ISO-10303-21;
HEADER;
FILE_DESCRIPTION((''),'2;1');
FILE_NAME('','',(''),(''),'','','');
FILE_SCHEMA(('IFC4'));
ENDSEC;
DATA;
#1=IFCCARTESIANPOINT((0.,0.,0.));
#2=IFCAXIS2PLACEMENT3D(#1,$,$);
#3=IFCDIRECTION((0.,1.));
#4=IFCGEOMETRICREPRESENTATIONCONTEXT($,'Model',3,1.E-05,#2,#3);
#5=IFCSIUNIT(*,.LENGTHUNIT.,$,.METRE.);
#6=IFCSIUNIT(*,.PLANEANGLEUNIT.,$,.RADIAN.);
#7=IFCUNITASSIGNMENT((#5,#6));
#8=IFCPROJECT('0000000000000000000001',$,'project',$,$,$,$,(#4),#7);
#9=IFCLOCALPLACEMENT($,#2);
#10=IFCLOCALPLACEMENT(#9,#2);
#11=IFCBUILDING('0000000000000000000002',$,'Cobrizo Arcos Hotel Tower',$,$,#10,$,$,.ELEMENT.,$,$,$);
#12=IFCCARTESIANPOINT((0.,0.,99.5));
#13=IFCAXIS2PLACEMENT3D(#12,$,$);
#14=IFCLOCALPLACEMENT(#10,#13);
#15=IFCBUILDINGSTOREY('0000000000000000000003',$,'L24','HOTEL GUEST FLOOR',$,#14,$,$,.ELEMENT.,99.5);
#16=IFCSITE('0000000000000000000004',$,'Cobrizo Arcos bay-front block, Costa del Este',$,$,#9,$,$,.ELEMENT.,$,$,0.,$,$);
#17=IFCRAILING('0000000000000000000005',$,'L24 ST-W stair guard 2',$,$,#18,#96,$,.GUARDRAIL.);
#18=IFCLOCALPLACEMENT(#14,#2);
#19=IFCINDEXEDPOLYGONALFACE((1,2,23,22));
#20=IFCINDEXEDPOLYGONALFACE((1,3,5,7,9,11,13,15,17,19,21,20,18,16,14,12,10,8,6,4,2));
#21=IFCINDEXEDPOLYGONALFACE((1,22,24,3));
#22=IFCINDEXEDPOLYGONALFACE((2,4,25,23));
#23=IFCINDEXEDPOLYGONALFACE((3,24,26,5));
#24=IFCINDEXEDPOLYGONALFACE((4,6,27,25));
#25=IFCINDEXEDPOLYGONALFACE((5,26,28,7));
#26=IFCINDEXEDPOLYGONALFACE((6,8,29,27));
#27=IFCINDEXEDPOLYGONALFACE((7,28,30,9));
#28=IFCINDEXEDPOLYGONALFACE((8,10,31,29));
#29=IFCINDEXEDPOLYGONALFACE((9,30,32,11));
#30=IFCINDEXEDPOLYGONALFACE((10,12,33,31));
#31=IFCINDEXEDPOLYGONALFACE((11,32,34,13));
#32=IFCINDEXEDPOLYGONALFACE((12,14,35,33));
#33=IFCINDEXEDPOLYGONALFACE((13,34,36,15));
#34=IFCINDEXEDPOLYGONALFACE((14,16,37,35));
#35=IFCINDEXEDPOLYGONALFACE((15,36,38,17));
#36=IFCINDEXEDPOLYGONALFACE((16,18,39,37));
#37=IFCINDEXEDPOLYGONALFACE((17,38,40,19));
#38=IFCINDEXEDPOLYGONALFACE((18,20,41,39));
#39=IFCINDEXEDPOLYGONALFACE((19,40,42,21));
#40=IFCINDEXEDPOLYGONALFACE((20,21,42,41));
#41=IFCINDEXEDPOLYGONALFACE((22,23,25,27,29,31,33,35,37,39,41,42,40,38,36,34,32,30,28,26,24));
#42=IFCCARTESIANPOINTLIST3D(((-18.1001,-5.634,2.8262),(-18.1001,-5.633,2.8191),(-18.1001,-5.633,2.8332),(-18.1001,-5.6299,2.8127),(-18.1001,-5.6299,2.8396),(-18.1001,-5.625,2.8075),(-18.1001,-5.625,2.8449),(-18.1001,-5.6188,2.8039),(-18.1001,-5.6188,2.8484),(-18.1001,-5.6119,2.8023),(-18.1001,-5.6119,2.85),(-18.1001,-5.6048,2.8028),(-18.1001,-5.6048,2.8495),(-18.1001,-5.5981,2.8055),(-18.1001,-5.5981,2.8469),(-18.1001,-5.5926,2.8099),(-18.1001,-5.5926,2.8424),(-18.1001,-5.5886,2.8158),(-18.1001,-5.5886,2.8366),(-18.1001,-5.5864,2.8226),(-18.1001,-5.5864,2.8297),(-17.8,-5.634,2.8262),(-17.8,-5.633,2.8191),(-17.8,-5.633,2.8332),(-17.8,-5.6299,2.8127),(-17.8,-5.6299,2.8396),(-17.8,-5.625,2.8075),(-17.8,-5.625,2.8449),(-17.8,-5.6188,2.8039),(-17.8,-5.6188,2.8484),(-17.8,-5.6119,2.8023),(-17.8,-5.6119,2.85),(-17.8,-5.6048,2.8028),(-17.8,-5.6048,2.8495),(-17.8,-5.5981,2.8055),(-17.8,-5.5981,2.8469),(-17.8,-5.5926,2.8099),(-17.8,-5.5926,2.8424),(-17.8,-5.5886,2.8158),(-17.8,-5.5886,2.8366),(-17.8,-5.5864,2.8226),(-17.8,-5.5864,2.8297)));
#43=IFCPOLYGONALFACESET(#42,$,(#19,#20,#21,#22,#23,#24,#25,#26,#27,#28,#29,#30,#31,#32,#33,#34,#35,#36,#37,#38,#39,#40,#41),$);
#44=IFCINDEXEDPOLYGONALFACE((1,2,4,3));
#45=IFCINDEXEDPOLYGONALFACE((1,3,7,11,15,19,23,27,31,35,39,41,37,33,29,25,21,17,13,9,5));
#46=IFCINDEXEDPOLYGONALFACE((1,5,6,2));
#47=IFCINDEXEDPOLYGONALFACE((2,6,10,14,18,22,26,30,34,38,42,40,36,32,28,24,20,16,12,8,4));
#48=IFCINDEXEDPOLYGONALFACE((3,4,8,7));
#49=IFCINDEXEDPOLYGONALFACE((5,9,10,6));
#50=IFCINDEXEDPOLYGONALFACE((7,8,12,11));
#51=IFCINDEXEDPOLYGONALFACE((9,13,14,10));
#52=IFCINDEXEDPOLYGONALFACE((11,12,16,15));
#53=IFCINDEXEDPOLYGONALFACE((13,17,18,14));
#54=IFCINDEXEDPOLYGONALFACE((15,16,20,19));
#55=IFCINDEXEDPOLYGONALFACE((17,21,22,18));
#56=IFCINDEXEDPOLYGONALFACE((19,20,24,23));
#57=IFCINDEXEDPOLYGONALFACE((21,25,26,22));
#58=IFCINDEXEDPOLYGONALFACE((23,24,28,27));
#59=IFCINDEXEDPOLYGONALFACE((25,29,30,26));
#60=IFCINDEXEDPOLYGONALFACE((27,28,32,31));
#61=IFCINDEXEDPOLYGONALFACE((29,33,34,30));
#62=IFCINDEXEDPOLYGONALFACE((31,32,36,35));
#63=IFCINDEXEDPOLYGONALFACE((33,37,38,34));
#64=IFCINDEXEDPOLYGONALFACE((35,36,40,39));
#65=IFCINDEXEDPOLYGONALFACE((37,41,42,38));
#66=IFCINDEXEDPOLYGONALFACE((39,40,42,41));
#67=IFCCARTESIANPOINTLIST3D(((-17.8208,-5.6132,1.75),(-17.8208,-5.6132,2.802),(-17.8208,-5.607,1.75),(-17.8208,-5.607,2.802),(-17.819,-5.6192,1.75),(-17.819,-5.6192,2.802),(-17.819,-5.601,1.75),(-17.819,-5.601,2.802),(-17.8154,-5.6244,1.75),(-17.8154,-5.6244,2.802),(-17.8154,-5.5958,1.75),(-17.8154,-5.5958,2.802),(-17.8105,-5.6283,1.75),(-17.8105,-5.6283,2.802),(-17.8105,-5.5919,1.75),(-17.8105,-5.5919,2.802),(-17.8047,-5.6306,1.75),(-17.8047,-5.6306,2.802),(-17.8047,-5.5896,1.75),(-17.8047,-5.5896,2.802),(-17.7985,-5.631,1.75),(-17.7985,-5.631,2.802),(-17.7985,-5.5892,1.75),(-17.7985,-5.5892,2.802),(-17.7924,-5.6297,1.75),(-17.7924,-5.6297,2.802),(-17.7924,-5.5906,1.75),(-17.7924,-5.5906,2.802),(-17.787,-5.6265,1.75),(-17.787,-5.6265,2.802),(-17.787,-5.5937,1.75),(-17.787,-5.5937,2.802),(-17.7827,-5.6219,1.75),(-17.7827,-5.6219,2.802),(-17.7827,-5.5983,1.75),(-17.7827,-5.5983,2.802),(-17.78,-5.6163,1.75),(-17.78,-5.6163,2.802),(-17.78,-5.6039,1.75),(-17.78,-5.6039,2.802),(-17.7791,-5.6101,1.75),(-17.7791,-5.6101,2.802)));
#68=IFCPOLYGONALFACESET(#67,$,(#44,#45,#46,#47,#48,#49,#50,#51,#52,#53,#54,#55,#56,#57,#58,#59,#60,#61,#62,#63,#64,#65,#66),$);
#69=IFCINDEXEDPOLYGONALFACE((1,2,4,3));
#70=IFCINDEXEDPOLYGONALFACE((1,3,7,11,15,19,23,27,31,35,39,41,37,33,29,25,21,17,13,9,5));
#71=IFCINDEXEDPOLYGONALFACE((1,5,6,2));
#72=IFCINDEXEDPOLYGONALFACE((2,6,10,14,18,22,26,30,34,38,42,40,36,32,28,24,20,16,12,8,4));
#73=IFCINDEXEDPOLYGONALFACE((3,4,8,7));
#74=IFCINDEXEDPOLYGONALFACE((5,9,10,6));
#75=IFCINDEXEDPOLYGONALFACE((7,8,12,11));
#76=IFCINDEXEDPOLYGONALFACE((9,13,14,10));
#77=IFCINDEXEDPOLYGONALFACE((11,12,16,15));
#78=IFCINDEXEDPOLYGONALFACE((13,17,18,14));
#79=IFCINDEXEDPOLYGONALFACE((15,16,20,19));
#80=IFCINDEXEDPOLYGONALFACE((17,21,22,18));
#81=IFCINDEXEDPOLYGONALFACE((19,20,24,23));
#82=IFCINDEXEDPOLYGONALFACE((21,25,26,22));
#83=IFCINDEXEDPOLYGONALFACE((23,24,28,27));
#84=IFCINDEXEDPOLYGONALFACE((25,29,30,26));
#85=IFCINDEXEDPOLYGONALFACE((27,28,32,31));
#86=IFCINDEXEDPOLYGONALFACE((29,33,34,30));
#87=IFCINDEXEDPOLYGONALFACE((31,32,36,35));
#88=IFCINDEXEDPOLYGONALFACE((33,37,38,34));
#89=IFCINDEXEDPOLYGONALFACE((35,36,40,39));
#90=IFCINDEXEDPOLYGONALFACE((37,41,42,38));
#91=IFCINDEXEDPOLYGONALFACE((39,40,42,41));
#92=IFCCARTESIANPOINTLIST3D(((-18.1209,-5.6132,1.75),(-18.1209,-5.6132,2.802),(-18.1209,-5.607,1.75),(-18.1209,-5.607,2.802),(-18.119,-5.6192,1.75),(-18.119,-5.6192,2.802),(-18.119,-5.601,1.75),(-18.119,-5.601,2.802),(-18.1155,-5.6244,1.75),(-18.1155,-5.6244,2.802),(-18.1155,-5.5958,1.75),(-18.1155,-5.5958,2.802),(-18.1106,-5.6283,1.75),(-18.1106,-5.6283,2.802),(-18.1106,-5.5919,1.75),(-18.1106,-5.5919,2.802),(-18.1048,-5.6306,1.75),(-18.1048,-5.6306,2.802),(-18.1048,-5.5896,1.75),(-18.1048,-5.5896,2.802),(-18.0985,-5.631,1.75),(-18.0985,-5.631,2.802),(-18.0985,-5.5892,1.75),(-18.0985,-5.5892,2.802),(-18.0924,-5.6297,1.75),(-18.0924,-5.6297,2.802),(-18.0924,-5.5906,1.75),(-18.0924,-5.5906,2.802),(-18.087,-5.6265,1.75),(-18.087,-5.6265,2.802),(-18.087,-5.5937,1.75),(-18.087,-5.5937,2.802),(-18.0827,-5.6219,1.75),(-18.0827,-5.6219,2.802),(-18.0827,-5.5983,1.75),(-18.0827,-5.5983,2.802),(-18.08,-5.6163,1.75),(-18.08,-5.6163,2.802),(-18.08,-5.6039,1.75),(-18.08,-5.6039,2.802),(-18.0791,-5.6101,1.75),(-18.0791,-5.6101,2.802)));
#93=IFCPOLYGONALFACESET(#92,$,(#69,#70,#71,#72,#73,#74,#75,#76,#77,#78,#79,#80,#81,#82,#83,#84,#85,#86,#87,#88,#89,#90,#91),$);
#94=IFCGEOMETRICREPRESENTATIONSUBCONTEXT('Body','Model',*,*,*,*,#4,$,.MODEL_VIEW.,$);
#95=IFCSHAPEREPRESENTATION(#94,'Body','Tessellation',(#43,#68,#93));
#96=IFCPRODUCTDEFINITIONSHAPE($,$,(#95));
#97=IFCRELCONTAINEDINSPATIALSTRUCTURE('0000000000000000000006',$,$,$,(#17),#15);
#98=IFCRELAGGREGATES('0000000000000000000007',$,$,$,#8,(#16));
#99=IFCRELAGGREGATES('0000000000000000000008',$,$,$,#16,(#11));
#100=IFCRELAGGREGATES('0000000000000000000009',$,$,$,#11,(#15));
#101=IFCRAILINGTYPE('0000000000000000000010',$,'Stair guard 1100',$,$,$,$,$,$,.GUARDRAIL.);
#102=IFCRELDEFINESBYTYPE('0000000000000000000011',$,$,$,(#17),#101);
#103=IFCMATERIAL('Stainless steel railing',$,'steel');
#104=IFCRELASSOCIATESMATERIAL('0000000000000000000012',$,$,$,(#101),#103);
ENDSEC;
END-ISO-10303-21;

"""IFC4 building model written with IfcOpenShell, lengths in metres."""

from ifc_helpers import new_model, si_unit, direction, frame, origin, origin_2d, place, context, subcontext, project, spatial, circle, extrude, material, type_object, element, save


model = new_model("IFC4")

# Units and contexts
model_context = context("Model", 3, precision=1e-05, world=origin(), true_north=direction((0.0, 1.0)))
body_context = subcontext(model_context, "Body", "Model", "MODEL_VIEW")
ifc_project = project(units=[si_unit("LENGTHUNIT", "METRE"), si_unit("PLANEANGLEUNIT", "RADIAN")], contexts=[model_context])

# Site, building, storey
site_placement = place(None, origin())
site = spatial("IfcSite", under=ifc_project, at=site_placement, Name="Cobrizo Arcos bay-front block, Costa del Este", CompositionType="ELEMENT", RefElevation=0.0)
building_placement = place(site_placement, origin())
building = spatial("IfcBuilding", under=site, at=building_placement, Name="Cobrizo Arcos Hotel Tower", CompositionType="ELEMENT")
storey_placement = place(building_placement, frame((0.0, 0.0, 99.5)))
storey = spatial("IfcBuildingStorey", under=building, at=storey_placement, Name="L24", Description="HOTEL GUEST FLOOR", CompositionType="ELEMENT", Elevation=99.5)

# Railing
ifc_material_1 = material(Name="Stainless steel railing", Category="steel")
railing_type_1 = type_object("IfcRailingType", Name="Stair guard 1100", PredefinedType="GUARDRAIL", material=ifc_material_1)
railing_1_placement = place(storey_placement, frame((-17.8, -5.6101, 1.75)))
element("IfcRailing", 1, at=railing_1_placement, inside=storey, type_object=railing_type_1, Name="L24 ST-W stair guard 2", PredefinedType="GUARDRAIL", context=body_context, shape_type="SweptSolid", body=[
    extrude(circle(Radius=0.0239, at=origin_2d()), frame((0.0, 0.0, 1.0762), z_axis=(-1.0, 0.0, 0.0), x_axis=(0.0, -1.0, 0.0)), (0.0, 0.0, 1.0), 0.3),
    extrude(circle(Radius=0.021, at=origin_2d()), origin(), (0.0, 0.0, 1.0), 1.052),
    extrude(circle(Radius=0.021, at=origin_2d()), frame((-0.3, 0.0, 0.0)), (0.0, 0.0, 1.0), 1.052),
])

save(model, "model.ifc")
